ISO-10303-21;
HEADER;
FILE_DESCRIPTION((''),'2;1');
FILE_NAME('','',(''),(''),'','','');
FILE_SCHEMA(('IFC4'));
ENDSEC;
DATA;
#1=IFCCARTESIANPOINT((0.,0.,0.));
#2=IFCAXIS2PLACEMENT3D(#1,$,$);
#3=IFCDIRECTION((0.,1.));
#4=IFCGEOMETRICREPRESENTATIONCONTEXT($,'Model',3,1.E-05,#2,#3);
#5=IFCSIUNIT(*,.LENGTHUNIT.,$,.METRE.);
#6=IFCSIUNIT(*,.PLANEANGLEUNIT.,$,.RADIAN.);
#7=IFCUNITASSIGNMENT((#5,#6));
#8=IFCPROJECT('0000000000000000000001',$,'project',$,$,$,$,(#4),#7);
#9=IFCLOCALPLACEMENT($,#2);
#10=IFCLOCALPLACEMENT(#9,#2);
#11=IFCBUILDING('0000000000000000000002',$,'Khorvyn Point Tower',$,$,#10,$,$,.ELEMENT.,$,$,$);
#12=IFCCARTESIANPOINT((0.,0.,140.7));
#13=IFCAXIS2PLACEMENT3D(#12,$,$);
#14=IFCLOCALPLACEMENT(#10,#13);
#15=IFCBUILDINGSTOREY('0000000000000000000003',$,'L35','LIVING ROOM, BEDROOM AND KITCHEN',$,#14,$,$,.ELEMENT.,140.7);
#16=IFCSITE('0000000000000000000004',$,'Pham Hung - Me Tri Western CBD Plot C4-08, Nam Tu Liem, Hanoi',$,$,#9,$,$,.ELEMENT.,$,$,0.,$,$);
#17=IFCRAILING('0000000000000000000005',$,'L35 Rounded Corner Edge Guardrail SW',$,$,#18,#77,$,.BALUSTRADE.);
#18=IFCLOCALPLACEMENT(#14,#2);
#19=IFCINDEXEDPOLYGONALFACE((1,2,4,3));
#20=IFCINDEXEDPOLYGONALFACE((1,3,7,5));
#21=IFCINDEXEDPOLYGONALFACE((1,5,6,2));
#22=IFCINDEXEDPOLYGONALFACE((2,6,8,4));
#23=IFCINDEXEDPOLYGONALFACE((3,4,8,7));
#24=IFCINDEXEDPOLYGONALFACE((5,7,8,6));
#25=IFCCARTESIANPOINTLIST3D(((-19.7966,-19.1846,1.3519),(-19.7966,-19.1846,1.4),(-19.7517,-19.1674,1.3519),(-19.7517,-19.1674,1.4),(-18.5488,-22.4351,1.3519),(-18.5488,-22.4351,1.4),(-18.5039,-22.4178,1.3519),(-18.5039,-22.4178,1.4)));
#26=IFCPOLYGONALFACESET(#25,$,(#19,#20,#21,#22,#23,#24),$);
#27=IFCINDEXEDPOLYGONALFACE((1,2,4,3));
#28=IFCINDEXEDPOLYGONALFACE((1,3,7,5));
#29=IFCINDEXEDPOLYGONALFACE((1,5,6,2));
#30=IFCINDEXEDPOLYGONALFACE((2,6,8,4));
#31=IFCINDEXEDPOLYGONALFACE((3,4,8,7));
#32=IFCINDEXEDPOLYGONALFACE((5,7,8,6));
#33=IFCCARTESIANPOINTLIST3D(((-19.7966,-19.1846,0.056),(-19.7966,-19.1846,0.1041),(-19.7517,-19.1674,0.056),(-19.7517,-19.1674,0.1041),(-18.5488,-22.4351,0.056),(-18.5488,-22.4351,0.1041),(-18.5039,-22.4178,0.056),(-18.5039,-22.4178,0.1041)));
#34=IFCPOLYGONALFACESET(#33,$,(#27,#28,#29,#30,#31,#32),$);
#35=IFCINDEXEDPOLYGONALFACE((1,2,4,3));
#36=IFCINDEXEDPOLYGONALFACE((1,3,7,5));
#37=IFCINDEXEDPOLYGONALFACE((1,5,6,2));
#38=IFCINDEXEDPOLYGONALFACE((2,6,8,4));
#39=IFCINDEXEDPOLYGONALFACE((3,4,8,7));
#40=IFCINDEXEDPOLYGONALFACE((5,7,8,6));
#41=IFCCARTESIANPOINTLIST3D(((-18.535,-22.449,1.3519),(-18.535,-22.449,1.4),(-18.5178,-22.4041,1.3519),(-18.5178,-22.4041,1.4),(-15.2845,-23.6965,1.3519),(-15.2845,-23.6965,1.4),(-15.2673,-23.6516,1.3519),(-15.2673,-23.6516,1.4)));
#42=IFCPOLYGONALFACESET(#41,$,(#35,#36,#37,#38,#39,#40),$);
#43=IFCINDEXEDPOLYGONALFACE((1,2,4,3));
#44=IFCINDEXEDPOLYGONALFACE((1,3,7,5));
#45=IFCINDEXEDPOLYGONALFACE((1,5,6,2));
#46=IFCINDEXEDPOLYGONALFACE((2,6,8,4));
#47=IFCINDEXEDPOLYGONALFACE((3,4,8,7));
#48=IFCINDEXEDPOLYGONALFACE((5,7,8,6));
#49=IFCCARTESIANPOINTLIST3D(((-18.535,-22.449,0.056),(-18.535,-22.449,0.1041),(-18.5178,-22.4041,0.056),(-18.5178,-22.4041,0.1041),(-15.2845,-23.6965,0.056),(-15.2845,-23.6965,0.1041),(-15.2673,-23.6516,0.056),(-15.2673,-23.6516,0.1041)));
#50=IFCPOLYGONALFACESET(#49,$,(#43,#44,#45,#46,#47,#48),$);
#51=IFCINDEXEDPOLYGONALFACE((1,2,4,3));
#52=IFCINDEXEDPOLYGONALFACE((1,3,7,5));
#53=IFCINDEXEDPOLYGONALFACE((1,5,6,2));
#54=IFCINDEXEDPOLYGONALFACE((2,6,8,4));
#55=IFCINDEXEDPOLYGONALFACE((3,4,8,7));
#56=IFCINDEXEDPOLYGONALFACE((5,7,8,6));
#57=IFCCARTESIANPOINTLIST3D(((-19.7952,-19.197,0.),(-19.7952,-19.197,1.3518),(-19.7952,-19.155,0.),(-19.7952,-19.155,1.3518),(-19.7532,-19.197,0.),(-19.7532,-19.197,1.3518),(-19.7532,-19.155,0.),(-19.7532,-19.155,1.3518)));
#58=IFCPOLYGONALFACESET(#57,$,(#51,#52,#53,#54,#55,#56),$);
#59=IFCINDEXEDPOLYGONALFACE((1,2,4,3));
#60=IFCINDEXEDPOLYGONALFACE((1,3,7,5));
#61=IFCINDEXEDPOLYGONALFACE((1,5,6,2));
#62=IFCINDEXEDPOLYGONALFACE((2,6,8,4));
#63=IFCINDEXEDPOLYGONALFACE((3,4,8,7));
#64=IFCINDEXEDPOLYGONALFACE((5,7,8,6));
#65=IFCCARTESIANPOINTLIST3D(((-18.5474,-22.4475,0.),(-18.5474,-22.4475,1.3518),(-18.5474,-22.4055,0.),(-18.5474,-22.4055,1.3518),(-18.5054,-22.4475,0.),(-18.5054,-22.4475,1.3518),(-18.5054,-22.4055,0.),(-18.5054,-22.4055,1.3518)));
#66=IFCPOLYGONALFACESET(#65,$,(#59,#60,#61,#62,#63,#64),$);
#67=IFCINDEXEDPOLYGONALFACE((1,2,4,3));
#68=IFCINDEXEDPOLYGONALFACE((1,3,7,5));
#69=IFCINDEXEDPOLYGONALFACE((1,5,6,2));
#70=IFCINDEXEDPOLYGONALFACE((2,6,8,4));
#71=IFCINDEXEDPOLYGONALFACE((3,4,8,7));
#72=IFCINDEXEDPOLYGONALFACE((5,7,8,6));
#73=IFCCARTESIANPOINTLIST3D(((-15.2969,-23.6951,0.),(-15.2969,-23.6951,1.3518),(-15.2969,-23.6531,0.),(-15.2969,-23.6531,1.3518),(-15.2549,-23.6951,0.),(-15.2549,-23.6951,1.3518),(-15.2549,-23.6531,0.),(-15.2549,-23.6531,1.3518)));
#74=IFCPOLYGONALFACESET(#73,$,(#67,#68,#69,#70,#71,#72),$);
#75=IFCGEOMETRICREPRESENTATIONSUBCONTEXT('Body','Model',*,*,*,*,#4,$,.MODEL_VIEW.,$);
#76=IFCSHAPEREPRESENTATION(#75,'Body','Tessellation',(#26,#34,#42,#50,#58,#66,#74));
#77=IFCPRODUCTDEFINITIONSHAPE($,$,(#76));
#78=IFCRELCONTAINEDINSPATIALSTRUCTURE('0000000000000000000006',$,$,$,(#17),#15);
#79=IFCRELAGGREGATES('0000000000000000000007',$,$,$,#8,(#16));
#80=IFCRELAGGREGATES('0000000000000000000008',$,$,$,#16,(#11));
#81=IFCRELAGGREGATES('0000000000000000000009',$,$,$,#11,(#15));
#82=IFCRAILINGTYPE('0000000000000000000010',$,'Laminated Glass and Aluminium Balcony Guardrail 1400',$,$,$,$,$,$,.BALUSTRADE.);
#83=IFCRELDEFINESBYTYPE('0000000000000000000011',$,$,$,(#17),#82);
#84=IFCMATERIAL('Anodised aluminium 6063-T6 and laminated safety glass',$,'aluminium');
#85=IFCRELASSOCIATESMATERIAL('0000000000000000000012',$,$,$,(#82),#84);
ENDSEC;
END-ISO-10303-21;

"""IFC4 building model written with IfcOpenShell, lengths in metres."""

from ifc_helpers import new_model, si_unit, direction, frame, origin, origin_2d, place, context, subcontext, project, spatial, rectangle, extrude, material, type_object, element, save


model = new_model("IFC4")

# Units and contexts
model_context = context("Model", 3, precision=1e-05, world=origin(), true_north=direction((0.0, 1.0)))
body_context = subcontext(model_context, "Body", "Model", "MODEL_VIEW")
ifc_project = project(units=[si_unit("LENGTHUNIT", "METRE"), si_unit("PLANEANGLEUNIT", "RADIAN")], contexts=[model_context])

# Site, building, storey
site_placement = place(None, origin())
site = spatial("IfcSite", under=ifc_project, at=site_placement, Name="Pham Hung - Me Tri Western CBD Plot C4-08, Nam Tu Liem, Hanoi", CompositionType="ELEMENT", RefElevation=0.0)
building_placement = place(site_placement, origin())
building = spatial("IfcBuilding", under=site, at=building_placement, Name="Khorvyn Point Tower", CompositionType="ELEMENT")
storey_placement = place(building_placement, frame((0.0, 0.0, 140.7)))
storey = spatial("IfcBuildingStorey", under=building, at=storey_placement, Name="L35", Description="LIVING ROOM, BEDROOM AND KITCHEN", CompositionType="ELEMENT", Elevation=140.7)

# Railing
ifc_material_1 = material(Name="Anodised aluminium 6063-T6 and laminated safety glass", Category="aluminium")
railing_type = type_object("IfcRailingType", Name="Laminated Glass and Aluminium Balcony Guardrail 1400", PredefinedType="BALUSTRADE", material=ifc_material_1)
railing_1_placement = place(storey_placement, frame((-19.7742, -19.176, 0.0)))
element("IfcRailing", 1, at=railing_1_placement, inside=storey, type_object=railing_type, Name="L35 Rounded Corner Edge Guardrail SW", PredefinedType="BALUSTRADE", context=body_context, shape_type="SweptSolid", body=[
    extrude(rectangle(XDim=0.0481, YDim=0.0481, at=origin_2d()), frame((0.0, 0.0, 1.376), z_axis=(0.358382, -0.933575, 0.0), x_axis=(0.933575, 0.358382, 0.0)), (0.0, 0.0, 1.0), 3.4817),
    extrude(rectangle(XDim=0.0481, YDim=0.0481, at=origin_2d()), frame((0.0, 0.0, 0.0801), z_axis=(0.358382, -0.933575, 0.0), x_axis=(0.933575, 0.358382, 0.0)), (0.0, 0.0, 1.0), 3.4817),
    extrude(rectangle(XDim=0.0481, YDim=0.0481, at=origin_2d()), frame((1.2478, -3.2505, 1.376), z_axis=(0.933598, -0.358321, 0.0), x_axis=(0.358321, 0.933598, 0.0)), (0.0, 0.0, 1.0), 3.4817),
    extrude(rectangle(XDim=0.0481, YDim=0.0481, at=origin_2d()), frame((1.2478, -3.2505, 0.0801), z_axis=(0.933598, -0.358321, 0.0), x_axis=(0.358321, 0.933598, 0.0)), (0.0, 0.0, 1.0), 3.4817),
    extrude(rectangle(XDim=0.042, YDim=0.042, at=origin_2d()), origin(), (0.0, 0.0, 1.0), 1.3518),
    extrude(rectangle(XDim=0.042, YDim=0.042, at=origin_2d()), frame((1.2478, -3.2505, 0.0)), (0.0, 0.0, 1.0), 1.3518),
    extrude(rectangle(XDim=0.042, YDim=0.042, at=origin_2d()), frame((4.4983, -4.498, 0.0)), (0.0, 0.0, 1.0), 1.3518),
])

save(model, "model.ifc")
